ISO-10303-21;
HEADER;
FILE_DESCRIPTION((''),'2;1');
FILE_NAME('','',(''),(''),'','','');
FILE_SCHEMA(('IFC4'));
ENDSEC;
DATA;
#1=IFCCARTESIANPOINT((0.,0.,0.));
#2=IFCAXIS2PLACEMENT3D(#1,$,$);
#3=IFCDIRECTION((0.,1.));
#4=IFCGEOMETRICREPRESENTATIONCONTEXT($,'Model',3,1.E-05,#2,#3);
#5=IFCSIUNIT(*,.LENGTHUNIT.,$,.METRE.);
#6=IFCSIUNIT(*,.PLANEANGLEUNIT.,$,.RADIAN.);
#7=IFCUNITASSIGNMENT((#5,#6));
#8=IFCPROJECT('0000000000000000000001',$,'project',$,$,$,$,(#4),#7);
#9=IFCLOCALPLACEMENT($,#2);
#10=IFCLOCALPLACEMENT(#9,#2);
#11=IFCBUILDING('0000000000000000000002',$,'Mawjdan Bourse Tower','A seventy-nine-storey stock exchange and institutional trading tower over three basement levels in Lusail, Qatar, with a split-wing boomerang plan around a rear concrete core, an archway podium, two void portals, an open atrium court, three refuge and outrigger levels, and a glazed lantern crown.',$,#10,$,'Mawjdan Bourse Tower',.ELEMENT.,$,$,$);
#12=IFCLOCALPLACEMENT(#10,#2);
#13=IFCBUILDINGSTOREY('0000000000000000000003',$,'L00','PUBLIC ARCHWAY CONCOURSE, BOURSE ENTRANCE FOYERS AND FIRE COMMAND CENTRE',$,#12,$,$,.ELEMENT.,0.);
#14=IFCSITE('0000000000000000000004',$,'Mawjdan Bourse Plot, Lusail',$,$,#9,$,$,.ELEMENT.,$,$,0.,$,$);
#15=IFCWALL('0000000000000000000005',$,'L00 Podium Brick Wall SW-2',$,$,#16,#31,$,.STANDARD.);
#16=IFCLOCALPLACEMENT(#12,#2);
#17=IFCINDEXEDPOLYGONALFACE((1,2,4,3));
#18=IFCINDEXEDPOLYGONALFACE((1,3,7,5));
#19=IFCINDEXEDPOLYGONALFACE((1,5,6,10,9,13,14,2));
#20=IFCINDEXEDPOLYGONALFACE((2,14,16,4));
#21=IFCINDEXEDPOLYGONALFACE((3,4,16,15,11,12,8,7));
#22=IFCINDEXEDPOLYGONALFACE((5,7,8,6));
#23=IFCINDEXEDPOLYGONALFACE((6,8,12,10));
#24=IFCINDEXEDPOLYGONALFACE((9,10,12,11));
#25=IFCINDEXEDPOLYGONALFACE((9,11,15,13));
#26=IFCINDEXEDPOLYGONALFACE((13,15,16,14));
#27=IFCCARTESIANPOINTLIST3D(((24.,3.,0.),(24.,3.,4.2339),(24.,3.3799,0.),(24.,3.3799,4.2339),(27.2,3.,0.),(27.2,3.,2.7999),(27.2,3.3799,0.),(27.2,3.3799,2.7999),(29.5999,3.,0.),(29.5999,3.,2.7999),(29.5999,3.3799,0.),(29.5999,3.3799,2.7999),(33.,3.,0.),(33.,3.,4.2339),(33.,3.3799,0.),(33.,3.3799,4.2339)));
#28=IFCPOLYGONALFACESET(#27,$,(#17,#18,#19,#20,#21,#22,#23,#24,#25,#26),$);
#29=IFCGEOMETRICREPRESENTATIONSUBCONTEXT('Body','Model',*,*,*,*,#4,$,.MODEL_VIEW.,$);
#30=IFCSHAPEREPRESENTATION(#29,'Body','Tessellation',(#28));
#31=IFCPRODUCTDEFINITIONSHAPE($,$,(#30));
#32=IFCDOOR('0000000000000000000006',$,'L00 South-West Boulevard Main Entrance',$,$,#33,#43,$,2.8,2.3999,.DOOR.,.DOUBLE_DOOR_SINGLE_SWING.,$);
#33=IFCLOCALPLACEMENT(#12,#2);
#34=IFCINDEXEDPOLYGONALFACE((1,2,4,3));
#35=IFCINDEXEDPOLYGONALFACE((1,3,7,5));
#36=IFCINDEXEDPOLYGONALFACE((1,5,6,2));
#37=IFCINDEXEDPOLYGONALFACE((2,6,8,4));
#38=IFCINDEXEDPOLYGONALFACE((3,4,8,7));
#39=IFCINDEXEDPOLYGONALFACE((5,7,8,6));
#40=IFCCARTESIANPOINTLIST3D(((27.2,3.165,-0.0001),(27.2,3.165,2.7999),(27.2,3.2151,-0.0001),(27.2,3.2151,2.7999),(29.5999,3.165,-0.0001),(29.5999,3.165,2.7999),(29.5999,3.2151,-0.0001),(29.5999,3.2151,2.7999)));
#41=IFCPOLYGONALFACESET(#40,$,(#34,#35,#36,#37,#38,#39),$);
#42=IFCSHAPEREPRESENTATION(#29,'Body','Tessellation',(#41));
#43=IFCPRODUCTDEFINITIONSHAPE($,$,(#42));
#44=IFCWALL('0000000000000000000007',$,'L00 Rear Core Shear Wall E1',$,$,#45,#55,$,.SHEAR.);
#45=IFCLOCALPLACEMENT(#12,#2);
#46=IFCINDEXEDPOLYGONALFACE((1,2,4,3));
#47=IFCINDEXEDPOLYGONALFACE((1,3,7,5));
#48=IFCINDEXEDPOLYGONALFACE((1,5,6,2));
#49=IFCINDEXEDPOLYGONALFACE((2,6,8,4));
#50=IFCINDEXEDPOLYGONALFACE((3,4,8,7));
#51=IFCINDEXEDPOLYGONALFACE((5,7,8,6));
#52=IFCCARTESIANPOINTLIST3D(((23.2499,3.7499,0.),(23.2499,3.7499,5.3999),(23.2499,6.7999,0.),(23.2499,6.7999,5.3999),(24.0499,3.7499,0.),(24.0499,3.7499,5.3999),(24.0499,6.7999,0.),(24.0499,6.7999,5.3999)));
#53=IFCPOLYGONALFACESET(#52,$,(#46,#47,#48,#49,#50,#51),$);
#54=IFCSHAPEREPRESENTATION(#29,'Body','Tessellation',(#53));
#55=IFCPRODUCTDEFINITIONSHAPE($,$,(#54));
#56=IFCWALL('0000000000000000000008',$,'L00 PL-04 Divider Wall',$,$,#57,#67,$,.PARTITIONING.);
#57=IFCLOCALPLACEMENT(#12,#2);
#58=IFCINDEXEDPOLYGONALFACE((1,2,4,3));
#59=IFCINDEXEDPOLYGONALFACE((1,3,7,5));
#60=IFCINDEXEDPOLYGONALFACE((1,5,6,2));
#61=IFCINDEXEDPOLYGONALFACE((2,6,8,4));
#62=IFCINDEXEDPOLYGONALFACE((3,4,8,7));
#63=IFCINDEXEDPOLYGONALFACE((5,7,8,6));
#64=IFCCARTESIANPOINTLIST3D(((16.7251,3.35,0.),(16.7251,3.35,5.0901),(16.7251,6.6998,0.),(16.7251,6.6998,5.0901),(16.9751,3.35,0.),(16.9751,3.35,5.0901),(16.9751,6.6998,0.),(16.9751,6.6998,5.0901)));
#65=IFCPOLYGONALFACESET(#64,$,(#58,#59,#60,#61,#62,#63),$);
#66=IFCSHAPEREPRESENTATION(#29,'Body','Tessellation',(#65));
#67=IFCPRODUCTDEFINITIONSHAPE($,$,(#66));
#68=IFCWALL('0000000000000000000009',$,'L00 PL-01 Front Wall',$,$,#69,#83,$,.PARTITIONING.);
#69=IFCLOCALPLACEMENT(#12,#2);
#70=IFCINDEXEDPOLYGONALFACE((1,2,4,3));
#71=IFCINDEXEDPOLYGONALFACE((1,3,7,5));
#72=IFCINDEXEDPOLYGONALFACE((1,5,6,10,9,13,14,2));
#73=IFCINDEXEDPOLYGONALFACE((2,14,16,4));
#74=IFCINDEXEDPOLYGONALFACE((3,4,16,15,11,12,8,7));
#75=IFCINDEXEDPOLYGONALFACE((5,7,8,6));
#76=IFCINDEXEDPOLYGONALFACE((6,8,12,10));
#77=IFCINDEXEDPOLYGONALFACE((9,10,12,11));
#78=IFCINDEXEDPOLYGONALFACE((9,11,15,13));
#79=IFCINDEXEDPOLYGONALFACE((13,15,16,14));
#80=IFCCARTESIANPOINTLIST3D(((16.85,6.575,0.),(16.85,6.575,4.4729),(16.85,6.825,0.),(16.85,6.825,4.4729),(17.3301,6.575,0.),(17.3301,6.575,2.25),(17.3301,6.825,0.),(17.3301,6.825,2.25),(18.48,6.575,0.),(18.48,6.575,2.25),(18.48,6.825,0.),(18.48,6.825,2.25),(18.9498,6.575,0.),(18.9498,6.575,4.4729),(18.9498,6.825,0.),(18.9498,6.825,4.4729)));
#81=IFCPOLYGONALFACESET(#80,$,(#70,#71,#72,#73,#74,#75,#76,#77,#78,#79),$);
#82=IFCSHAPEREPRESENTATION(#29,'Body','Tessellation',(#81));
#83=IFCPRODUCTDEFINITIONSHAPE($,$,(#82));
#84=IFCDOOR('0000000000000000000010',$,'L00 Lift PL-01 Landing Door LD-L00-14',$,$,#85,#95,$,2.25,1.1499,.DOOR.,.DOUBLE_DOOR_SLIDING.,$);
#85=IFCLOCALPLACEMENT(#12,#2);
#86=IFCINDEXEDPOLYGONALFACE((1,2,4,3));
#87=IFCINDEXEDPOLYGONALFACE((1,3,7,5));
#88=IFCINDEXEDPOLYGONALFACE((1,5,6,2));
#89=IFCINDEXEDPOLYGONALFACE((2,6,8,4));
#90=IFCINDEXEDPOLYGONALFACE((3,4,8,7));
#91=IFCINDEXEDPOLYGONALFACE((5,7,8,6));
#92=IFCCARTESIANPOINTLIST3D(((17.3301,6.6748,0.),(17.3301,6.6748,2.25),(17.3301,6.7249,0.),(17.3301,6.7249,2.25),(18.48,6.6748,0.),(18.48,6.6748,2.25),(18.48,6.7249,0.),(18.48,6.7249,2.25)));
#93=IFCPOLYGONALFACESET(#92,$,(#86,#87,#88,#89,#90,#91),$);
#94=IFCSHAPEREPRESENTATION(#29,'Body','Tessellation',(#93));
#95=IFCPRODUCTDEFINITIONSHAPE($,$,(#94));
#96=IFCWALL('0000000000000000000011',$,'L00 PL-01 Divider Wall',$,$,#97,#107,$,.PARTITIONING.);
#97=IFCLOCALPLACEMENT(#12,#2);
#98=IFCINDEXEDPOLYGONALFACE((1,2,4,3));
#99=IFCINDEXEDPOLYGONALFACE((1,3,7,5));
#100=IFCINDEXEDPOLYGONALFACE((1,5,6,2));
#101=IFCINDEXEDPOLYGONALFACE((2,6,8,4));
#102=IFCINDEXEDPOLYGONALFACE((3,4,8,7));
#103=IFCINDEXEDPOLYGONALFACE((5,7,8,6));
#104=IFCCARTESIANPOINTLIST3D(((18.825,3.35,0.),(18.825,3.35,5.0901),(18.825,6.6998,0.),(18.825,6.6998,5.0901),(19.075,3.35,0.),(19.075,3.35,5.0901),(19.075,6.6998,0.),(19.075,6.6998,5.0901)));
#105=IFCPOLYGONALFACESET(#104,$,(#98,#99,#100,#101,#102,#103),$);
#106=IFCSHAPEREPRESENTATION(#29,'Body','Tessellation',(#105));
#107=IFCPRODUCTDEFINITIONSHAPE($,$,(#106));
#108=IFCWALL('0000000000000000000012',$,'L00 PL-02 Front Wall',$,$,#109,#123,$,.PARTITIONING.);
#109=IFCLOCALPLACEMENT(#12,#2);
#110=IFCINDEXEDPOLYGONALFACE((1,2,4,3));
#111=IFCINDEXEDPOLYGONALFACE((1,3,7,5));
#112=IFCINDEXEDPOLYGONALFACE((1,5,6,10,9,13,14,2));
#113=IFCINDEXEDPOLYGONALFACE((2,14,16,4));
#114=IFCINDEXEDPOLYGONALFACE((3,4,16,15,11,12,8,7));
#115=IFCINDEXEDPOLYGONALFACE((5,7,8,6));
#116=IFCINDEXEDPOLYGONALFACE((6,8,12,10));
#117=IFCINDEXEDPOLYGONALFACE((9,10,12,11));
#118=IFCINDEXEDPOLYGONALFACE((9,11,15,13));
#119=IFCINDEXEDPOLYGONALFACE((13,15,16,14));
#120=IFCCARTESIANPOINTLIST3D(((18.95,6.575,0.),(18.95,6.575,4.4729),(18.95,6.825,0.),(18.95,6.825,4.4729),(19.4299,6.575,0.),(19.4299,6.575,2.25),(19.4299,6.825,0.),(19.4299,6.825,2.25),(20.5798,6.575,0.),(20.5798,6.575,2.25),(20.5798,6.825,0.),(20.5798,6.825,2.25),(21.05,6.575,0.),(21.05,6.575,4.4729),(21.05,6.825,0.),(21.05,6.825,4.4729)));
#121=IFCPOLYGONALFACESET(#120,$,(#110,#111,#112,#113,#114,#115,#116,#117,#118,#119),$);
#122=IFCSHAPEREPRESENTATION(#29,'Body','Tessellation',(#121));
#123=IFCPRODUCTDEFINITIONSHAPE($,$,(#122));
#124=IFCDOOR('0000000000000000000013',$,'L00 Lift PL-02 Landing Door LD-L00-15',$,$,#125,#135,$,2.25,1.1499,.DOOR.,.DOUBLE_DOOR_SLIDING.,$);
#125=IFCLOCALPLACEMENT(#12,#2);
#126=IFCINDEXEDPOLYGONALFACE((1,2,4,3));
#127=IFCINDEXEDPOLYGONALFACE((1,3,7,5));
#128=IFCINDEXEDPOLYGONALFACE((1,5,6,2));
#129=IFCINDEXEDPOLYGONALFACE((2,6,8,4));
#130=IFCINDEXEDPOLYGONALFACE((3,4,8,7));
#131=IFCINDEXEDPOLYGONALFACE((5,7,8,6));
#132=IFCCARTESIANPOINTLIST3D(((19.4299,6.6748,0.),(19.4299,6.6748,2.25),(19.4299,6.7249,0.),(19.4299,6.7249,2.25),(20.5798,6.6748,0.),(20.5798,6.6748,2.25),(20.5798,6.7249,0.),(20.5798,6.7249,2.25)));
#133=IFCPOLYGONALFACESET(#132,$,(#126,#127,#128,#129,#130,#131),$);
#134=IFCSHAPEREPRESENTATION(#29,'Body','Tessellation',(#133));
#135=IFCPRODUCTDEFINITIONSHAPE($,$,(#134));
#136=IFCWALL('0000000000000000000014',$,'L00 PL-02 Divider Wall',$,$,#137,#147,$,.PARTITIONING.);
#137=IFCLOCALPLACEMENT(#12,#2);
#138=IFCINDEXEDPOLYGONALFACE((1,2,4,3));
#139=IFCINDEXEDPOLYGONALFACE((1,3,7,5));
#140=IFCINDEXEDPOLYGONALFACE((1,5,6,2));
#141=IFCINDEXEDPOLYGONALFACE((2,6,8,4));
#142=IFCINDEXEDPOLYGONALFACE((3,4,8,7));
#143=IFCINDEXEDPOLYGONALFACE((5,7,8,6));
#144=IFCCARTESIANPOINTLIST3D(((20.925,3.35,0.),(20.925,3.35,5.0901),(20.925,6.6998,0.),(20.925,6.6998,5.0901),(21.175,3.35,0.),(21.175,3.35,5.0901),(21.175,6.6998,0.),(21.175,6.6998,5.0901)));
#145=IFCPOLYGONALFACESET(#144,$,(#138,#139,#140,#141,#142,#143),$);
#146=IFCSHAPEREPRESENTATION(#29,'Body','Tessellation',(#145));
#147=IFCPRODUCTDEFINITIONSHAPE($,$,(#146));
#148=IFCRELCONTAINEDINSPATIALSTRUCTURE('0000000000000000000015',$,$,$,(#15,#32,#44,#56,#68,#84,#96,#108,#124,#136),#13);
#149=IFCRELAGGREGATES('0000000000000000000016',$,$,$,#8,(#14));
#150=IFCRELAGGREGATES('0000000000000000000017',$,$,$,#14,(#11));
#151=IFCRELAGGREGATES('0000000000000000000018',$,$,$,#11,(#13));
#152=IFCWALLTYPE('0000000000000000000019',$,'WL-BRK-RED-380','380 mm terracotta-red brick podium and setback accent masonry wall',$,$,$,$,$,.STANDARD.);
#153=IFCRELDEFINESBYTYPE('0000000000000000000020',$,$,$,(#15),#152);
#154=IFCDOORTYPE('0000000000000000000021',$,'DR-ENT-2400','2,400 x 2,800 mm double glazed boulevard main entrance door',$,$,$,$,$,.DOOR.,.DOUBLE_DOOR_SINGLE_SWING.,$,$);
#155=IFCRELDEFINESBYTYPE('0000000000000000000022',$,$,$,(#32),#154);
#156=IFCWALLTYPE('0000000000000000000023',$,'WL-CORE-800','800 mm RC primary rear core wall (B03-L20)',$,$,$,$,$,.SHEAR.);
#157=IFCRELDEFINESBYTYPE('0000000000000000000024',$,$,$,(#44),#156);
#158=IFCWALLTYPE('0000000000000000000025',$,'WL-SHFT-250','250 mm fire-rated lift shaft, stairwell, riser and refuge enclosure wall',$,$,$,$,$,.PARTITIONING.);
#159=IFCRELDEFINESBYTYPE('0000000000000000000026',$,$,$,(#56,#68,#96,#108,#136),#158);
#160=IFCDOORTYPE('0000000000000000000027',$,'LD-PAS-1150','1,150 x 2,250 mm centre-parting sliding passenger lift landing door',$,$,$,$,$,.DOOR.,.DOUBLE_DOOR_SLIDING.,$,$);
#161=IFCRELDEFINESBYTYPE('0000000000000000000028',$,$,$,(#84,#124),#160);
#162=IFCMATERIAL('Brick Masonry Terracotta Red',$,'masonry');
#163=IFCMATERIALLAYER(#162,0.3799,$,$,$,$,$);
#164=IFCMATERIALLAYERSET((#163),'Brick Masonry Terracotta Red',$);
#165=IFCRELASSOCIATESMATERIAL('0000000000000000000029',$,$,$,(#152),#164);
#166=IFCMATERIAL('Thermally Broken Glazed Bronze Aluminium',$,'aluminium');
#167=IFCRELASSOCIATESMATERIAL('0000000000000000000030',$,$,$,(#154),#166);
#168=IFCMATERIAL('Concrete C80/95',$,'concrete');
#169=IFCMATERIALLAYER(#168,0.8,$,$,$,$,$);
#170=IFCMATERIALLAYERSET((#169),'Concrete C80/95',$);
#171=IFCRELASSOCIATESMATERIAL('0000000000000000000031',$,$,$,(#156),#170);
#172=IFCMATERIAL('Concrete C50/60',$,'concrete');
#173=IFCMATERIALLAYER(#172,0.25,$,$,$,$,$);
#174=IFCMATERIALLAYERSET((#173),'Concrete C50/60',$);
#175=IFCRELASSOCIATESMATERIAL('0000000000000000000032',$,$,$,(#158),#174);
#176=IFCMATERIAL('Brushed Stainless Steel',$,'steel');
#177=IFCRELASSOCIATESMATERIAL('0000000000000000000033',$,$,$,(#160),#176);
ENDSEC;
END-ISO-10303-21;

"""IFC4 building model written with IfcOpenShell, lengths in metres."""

from ifc_helpers import new_model, si_unit, direction, frame, frame_2d, origin, place, context, subcontext, project, spatial, rectangle, extrude, material, layer, layer_set, type_object, element, fill, save


model = new_model("IFC4")

# Units and contexts
model_context = context("Model", 3, precision=1e-05, world=origin(), true_north=direction((0.0, 1.0)))
body_context = subcontext(model_context, "Body", "Model", "MODEL_VIEW")
ifc_project = project(units=[si_unit("LENGTHUNIT", "METRE"), si_unit("PLANEANGLEUNIT", "RADIAN")], contexts=[model_context])

# Site, building, storey
site_placement = place(None, origin())
site = spatial("IfcSite", under=ifc_project, at=site_placement, Name="Mawjdan Bourse Plot, Lusail", CompositionType="ELEMENT", RefElevation=0.0)
building_placement = place(site_placement, origin())
building = spatial("IfcBuilding", under=site, at=building_placement, Name="Mawjdan Bourse Tower", Description="A seventy-nine-storey stock exchange and institutional trading tower over three basement levels in Lusail, Qatar, with a split-wing boomerang plan around a rear concrete core, an archway podium, two void portals, an open atrium court, three refuge and outrigger levels, and a glazed lantern crown.", LongName="Mawjdan Bourse Tower", CompositionType="ELEMENT")
storey_placement = place(building_placement, origin())
storey = spatial("IfcBuildingStorey", under=building, at=storey_placement, Name="L00", Description="PUBLIC ARCHWAY CONCOURSE, BOURSE ENTRANCE FOYERS AND FIRE COMMAND CENTRE", CompositionType="ELEMENT", Elevation=0.0)

# Shared definitions
ifc_material_1 = material(Name="Concrete C80/95", Category="concrete")

# Wall, opening, door
ifc_material_2 = material(Name="Brick Masonry Terracotta Red", Category="masonry")
ifc_layer_1 = layer(ifc_material_2, 0.3799)
ifc_layer_set_1 = layer_set([ifc_layer_1], Name="Brick Masonry Terracotta Red")
wall_type_1 = type_object("IfcWallType", Name="WL-BRK-RED-380", Description="380 mm terracotta-red brick podium and setback accent masonry wall", PredefinedType="STANDARD", material=ifc_layer_set_1)
wall_1_placement = place(storey_placement, frame((24.0, 3.1899, 0.0), z_axis=(0.0, 0.0, 1.0), x_axis=(1.0, 0.0, 0.0)))
wall_1 = element("IfcWall", 1, at=wall_1_placement, inside=storey, type_object=wall_type_1, Name="L00 Podium Brick Wall SW-2", PredefinedType="STANDARD", context=body_context, shape_type="SweptSolid", body=[
    extrude(rectangle(XDim=9.0, YDim=0.3799, at=frame_2d((4.5, 0.0))), origin(), (0.0, 0.0, 1.0), 4.2339),
])
opening_1_placement = place(wall_1_placement, frame((3.2, 0.0, 0.0)))
opening_1 = element("IfcOpeningElement", 2, at=opening_1_placement, cuts=wall_1, PredefinedType="OPENING", context=body_context, shape_type="SweptSolid", body=[
    extrude(rectangle(XDim=2.3999, YDim=2.8, at=frame_2d((1.2, 1.3999))), frame((0.0, 0.2, 0.0), z_axis=(0.0, -1.0, 0.0), x_axis=(1.0, 0.0, 0.0)), (0.0, 0.0, 1.0), 0.3999),
])
ifc_material_3 = material(Name="Thermally Broken Glazed Bronze Aluminium", Category="aluminium")
door_type_1 = type_object("IfcDoorType", Name="DR-ENT-2400", Description="2,400 x 2,800 mm double glazed boulevard main entrance door", OperationType="DOUBLE_DOOR_SINGLE_SWING", PredefinedType="DOOR", material=ifc_material_3)
door_1_placement = place(opening_1_placement, frame((2.3999, 0.0, 0.0), z_axis=(0.0, 0.0, 1.0), x_axis=(-1.0, 0.0, 0.0)))
door_1 = element("IfcDoor", 3, at=door_1_placement, inside=storey, type_object=door_type_1, Name="L00 South-West Boulevard Main Entrance", OperationType="DOUBLE_DOOR_SINGLE_SWING", OverallHeight=2.8, OverallWidth=2.3999, PredefinedType="DOOR", context=body_context, shape_type="SweptSolid", body=[
    extrude(rectangle(XDim=2.3999, YDim=2.8, at=frame_2d((1.2, 1.3999))), frame((0.0, 0.0249, 0.0), z_axis=(0.0, -1.0, 0.0), x_axis=(1.0, 0.0, 0.0)), (0.0, 0.0, 1.0), 0.05),
])
fill(opening_1, door_1)

# Walls
ifc_layer_2 = layer(ifc_material_1, 0.8)
ifc_layer_set_2 = layer_set([ifc_layer_2], Name="Concrete C80/95")
wall_type_2 = type_object("IfcWallType", Name="WL-CORE-800", Description="800 mm RC primary rear core wall (B03-L20)", PredefinedType="SHEAR", material=ifc_layer_set_2)
wall_2_placement = place(storey_placement, frame((23.6499, 3.75, 0.0), z_axis=(0.0, 0.0, 1.0), x_axis=(0.0, 1.0, 0.0)))
element("IfcWall", 4, at=wall_2_placement, inside=storey, type_object=wall_type_2, Name="L00 Rear Core Shear Wall E1", PredefinedType="SHEAR", context=body_context, shape_type="SweptSolid", body=[
    extrude(rectangle(XDim=3.05, YDim=0.8, at=frame_2d((1.5249, 0.0))), origin(), (0.0, 0.0, 1.0), 5.3999),
])
ifc_material_4 = material(Name="Concrete C50/60", Category="concrete")
ifc_layer_3 = layer(ifc_material_4, 0.25)
ifc_layer_set_3 = layer_set([ifc_layer_3], Name="Concrete C50/60")
wall_type_3 = type_object("IfcWallType", Name="WL-SHFT-250", Description="250 mm fire-rated lift shaft, stairwell, riser and refuge enclosure wall", PredefinedType="PARTITIONING", material=ifc_layer_set_3)
wall_3_placement = place(storey_placement, frame((16.8501, 3.3501, 0.0), z_axis=(0.0, 0.0, 1.0), x_axis=(0.0, 1.0, 0.0)))
element("IfcWall", 5, at=wall_3_placement, inside=storey, type_object=wall_type_3, Name="L00 PL-04 Divider Wall", PredefinedType="PARTITIONING", context=body_context, shape_type="SweptSolid", body=[
    extrude(rectangle(XDim=3.3499, YDim=0.25, at=frame_2d((1.6748, 0.0))), origin(), (0.0, 0.0, 1.0), 5.0901),
])

# Wall, opening, door
wall_4_placement = place(storey_placement, frame((16.8501, 6.7, 0.0), z_axis=(0.0, 0.0, 1.0), x_axis=(1.0, 0.0, 0.0)))
wall_4 = element("IfcWall", 6, at=wall_4_placement, inside=storey, type_object=wall_type_3, Name="L00 PL-01 Front Wall", PredefinedType="PARTITIONING", context=body_context, shape_type="SweptSolid", body=[
    extrude(rectangle(XDim=2.0999, YDim=0.25, at=frame_2d((1.0498, 0.0))), origin(), (0.0, 0.0, 1.0), 4.4729),
])
opening_2_placement = place(wall_4_placement, frame((0.48, 0.0, 0.0)))
opening_2 = element("IfcOpeningElement", 7, at=opening_2_placement, cuts=wall_4, PredefinedType="OPENING", context=body_context, shape_type="SweptSolid", body=[
    extrude(rectangle(XDim=1.1499, YDim=2.25, at=frame_2d((0.575, 1.125))), frame((0.0, 0.135, 0.0), z_axis=(0.0, -1.0, 0.0), x_axis=(1.0, 0.0, 0.0)), (0.0, 0.0, 1.0), 0.27),
])
ifc_material_5 = material(Name="Brushed Stainless Steel", Category="steel")
door_type_2 = type_object("IfcDoorType", Name="LD-PAS-1150", Description="1,150 x 2,250 mm centre-parting sliding passenger lift landing door", OperationType="DOUBLE_DOOR_SLIDING", PredefinedType="DOOR", material=ifc_material_5)
door_2_placement = place(opening_2_placement, origin())
door_2 = element("IfcDoor", 8, at=door_2_placement, inside=storey, type_object=door_type_2, Name="L00 Lift PL-01 Landing Door LD-L00-14", OperationType="DOUBLE_DOOR_SLIDING", OverallHeight=2.25, OverallWidth=1.1499, PredefinedType="DOOR", context=body_context, shape_type="SweptSolid", body=[
    extrude(rectangle(XDim=1.1499, YDim=2.25, at=frame_2d((0.575, 1.125))), frame((0.0, 0.0249, 0.0), z_axis=(0.0, -1.0, 0.0), x_axis=(1.0, 0.0, 0.0)), (0.0, 0.0, 1.0), 0.05),
])
fill(opening_2, door_2)

# Wall
wall_5_placement = place(storey_placement, frame((18.95, 3.3501, 0.0), z_axis=(0.0, 0.0, 1.0), x_axis=(0.0, 1.0, 0.0)))
element("IfcWall", 9, at=wall_5_placement, inside=storey, type_object=wall_type_3, Name="L00 PL-01 Divider Wall", PredefinedType="PARTITIONING", context=body_context, shape_type="SweptSolid", body=[
    extrude(rectangle(XDim=3.3499, YDim=0.25, at=frame_2d((1.6748, 0.0))), origin(), (0.0, 0.0, 1.0), 5.0901),
])

# Wall, opening, door
wall_6_placement = place(storey_placement, frame((18.95, 6.7, 0.0), z_axis=(0.0, 0.0, 1.0), x_axis=(1.0, 0.0, 0.0)))
wall_6 = element("IfcWall", 10, at=wall_6_placement, inside=storey, type_object=wall_type_3, Name="L00 PL-02 Front Wall", PredefinedType="PARTITIONING", context=body_context, shape_type="SweptSolid", body=[
    extrude(rectangle(XDim=2.1001, YDim=0.25, at=frame_2d((1.05, 0.0))), origin(), (0.0, 0.0, 1.0), 4.4729),
])
opening_3_placement = place(wall_6_placement, frame((0.48, 0.0, 0.0)))
opening_3 = element("IfcOpeningElement", 11, at=opening_3_placement, cuts=wall_6, PredefinedType="OPENING", context=body_context, shape_type="SweptSolid", body=[
    extrude(rectangle(XDim=1.1499, YDim=2.25, at=frame_2d((0.575, 1.125))), frame((0.0, 0.135, 0.0), z_axis=(0.0, -1.0, 0.0), x_axis=(1.0, 0.0, 0.0)), (0.0, 0.0, 1.0), 0.27),
])
door_3_placement = place(opening_3_placement, origin())
door_3 = element("IfcDoor", 12, at=door_3_placement, inside=storey, type_object=door_type_2, Name="L00 Lift PL-02 Landing Door LD-L00-15", OperationType="DOUBLE_DOOR_SLIDING", OverallHeight=2.25, OverallWidth=1.1499, PredefinedType="DOOR", context=body_context, shape_type="SweptSolid", body=[
    extrude(rectangle(XDim=1.1499, YDim=2.25, at=frame_2d((0.575, 1.125))), frame((0.0, 0.0249, 0.0), z_axis=(0.0, -1.0, 0.0), x_axis=(1.0, 0.0, 0.0)), (0.0, 0.0, 1.0), 0.05),
])
fill(opening_3, door_3)

# Wall
wall_7_placement = place(storey_placement, frame((21.05, 3.3501, 0.0), z_axis=(0.0, 0.0, 1.0), x_axis=(0.0, 1.0, 0.0)))
element("IfcWall", 13, at=wall_7_placement, inside=storey, type_object=wall_type_3, Name="L00 PL-02 Divider Wall", PredefinedType="PARTITIONING", context=body_context, shape_type="SweptSolid", body=[
    extrude(rectangle(XDim=3.3499, YDim=0.25, at=frame_2d((1.6748, 0.0))), origin(), (0.0, 0.0, 1.0), 5.0901),
])

save(model, "model.ifc")
